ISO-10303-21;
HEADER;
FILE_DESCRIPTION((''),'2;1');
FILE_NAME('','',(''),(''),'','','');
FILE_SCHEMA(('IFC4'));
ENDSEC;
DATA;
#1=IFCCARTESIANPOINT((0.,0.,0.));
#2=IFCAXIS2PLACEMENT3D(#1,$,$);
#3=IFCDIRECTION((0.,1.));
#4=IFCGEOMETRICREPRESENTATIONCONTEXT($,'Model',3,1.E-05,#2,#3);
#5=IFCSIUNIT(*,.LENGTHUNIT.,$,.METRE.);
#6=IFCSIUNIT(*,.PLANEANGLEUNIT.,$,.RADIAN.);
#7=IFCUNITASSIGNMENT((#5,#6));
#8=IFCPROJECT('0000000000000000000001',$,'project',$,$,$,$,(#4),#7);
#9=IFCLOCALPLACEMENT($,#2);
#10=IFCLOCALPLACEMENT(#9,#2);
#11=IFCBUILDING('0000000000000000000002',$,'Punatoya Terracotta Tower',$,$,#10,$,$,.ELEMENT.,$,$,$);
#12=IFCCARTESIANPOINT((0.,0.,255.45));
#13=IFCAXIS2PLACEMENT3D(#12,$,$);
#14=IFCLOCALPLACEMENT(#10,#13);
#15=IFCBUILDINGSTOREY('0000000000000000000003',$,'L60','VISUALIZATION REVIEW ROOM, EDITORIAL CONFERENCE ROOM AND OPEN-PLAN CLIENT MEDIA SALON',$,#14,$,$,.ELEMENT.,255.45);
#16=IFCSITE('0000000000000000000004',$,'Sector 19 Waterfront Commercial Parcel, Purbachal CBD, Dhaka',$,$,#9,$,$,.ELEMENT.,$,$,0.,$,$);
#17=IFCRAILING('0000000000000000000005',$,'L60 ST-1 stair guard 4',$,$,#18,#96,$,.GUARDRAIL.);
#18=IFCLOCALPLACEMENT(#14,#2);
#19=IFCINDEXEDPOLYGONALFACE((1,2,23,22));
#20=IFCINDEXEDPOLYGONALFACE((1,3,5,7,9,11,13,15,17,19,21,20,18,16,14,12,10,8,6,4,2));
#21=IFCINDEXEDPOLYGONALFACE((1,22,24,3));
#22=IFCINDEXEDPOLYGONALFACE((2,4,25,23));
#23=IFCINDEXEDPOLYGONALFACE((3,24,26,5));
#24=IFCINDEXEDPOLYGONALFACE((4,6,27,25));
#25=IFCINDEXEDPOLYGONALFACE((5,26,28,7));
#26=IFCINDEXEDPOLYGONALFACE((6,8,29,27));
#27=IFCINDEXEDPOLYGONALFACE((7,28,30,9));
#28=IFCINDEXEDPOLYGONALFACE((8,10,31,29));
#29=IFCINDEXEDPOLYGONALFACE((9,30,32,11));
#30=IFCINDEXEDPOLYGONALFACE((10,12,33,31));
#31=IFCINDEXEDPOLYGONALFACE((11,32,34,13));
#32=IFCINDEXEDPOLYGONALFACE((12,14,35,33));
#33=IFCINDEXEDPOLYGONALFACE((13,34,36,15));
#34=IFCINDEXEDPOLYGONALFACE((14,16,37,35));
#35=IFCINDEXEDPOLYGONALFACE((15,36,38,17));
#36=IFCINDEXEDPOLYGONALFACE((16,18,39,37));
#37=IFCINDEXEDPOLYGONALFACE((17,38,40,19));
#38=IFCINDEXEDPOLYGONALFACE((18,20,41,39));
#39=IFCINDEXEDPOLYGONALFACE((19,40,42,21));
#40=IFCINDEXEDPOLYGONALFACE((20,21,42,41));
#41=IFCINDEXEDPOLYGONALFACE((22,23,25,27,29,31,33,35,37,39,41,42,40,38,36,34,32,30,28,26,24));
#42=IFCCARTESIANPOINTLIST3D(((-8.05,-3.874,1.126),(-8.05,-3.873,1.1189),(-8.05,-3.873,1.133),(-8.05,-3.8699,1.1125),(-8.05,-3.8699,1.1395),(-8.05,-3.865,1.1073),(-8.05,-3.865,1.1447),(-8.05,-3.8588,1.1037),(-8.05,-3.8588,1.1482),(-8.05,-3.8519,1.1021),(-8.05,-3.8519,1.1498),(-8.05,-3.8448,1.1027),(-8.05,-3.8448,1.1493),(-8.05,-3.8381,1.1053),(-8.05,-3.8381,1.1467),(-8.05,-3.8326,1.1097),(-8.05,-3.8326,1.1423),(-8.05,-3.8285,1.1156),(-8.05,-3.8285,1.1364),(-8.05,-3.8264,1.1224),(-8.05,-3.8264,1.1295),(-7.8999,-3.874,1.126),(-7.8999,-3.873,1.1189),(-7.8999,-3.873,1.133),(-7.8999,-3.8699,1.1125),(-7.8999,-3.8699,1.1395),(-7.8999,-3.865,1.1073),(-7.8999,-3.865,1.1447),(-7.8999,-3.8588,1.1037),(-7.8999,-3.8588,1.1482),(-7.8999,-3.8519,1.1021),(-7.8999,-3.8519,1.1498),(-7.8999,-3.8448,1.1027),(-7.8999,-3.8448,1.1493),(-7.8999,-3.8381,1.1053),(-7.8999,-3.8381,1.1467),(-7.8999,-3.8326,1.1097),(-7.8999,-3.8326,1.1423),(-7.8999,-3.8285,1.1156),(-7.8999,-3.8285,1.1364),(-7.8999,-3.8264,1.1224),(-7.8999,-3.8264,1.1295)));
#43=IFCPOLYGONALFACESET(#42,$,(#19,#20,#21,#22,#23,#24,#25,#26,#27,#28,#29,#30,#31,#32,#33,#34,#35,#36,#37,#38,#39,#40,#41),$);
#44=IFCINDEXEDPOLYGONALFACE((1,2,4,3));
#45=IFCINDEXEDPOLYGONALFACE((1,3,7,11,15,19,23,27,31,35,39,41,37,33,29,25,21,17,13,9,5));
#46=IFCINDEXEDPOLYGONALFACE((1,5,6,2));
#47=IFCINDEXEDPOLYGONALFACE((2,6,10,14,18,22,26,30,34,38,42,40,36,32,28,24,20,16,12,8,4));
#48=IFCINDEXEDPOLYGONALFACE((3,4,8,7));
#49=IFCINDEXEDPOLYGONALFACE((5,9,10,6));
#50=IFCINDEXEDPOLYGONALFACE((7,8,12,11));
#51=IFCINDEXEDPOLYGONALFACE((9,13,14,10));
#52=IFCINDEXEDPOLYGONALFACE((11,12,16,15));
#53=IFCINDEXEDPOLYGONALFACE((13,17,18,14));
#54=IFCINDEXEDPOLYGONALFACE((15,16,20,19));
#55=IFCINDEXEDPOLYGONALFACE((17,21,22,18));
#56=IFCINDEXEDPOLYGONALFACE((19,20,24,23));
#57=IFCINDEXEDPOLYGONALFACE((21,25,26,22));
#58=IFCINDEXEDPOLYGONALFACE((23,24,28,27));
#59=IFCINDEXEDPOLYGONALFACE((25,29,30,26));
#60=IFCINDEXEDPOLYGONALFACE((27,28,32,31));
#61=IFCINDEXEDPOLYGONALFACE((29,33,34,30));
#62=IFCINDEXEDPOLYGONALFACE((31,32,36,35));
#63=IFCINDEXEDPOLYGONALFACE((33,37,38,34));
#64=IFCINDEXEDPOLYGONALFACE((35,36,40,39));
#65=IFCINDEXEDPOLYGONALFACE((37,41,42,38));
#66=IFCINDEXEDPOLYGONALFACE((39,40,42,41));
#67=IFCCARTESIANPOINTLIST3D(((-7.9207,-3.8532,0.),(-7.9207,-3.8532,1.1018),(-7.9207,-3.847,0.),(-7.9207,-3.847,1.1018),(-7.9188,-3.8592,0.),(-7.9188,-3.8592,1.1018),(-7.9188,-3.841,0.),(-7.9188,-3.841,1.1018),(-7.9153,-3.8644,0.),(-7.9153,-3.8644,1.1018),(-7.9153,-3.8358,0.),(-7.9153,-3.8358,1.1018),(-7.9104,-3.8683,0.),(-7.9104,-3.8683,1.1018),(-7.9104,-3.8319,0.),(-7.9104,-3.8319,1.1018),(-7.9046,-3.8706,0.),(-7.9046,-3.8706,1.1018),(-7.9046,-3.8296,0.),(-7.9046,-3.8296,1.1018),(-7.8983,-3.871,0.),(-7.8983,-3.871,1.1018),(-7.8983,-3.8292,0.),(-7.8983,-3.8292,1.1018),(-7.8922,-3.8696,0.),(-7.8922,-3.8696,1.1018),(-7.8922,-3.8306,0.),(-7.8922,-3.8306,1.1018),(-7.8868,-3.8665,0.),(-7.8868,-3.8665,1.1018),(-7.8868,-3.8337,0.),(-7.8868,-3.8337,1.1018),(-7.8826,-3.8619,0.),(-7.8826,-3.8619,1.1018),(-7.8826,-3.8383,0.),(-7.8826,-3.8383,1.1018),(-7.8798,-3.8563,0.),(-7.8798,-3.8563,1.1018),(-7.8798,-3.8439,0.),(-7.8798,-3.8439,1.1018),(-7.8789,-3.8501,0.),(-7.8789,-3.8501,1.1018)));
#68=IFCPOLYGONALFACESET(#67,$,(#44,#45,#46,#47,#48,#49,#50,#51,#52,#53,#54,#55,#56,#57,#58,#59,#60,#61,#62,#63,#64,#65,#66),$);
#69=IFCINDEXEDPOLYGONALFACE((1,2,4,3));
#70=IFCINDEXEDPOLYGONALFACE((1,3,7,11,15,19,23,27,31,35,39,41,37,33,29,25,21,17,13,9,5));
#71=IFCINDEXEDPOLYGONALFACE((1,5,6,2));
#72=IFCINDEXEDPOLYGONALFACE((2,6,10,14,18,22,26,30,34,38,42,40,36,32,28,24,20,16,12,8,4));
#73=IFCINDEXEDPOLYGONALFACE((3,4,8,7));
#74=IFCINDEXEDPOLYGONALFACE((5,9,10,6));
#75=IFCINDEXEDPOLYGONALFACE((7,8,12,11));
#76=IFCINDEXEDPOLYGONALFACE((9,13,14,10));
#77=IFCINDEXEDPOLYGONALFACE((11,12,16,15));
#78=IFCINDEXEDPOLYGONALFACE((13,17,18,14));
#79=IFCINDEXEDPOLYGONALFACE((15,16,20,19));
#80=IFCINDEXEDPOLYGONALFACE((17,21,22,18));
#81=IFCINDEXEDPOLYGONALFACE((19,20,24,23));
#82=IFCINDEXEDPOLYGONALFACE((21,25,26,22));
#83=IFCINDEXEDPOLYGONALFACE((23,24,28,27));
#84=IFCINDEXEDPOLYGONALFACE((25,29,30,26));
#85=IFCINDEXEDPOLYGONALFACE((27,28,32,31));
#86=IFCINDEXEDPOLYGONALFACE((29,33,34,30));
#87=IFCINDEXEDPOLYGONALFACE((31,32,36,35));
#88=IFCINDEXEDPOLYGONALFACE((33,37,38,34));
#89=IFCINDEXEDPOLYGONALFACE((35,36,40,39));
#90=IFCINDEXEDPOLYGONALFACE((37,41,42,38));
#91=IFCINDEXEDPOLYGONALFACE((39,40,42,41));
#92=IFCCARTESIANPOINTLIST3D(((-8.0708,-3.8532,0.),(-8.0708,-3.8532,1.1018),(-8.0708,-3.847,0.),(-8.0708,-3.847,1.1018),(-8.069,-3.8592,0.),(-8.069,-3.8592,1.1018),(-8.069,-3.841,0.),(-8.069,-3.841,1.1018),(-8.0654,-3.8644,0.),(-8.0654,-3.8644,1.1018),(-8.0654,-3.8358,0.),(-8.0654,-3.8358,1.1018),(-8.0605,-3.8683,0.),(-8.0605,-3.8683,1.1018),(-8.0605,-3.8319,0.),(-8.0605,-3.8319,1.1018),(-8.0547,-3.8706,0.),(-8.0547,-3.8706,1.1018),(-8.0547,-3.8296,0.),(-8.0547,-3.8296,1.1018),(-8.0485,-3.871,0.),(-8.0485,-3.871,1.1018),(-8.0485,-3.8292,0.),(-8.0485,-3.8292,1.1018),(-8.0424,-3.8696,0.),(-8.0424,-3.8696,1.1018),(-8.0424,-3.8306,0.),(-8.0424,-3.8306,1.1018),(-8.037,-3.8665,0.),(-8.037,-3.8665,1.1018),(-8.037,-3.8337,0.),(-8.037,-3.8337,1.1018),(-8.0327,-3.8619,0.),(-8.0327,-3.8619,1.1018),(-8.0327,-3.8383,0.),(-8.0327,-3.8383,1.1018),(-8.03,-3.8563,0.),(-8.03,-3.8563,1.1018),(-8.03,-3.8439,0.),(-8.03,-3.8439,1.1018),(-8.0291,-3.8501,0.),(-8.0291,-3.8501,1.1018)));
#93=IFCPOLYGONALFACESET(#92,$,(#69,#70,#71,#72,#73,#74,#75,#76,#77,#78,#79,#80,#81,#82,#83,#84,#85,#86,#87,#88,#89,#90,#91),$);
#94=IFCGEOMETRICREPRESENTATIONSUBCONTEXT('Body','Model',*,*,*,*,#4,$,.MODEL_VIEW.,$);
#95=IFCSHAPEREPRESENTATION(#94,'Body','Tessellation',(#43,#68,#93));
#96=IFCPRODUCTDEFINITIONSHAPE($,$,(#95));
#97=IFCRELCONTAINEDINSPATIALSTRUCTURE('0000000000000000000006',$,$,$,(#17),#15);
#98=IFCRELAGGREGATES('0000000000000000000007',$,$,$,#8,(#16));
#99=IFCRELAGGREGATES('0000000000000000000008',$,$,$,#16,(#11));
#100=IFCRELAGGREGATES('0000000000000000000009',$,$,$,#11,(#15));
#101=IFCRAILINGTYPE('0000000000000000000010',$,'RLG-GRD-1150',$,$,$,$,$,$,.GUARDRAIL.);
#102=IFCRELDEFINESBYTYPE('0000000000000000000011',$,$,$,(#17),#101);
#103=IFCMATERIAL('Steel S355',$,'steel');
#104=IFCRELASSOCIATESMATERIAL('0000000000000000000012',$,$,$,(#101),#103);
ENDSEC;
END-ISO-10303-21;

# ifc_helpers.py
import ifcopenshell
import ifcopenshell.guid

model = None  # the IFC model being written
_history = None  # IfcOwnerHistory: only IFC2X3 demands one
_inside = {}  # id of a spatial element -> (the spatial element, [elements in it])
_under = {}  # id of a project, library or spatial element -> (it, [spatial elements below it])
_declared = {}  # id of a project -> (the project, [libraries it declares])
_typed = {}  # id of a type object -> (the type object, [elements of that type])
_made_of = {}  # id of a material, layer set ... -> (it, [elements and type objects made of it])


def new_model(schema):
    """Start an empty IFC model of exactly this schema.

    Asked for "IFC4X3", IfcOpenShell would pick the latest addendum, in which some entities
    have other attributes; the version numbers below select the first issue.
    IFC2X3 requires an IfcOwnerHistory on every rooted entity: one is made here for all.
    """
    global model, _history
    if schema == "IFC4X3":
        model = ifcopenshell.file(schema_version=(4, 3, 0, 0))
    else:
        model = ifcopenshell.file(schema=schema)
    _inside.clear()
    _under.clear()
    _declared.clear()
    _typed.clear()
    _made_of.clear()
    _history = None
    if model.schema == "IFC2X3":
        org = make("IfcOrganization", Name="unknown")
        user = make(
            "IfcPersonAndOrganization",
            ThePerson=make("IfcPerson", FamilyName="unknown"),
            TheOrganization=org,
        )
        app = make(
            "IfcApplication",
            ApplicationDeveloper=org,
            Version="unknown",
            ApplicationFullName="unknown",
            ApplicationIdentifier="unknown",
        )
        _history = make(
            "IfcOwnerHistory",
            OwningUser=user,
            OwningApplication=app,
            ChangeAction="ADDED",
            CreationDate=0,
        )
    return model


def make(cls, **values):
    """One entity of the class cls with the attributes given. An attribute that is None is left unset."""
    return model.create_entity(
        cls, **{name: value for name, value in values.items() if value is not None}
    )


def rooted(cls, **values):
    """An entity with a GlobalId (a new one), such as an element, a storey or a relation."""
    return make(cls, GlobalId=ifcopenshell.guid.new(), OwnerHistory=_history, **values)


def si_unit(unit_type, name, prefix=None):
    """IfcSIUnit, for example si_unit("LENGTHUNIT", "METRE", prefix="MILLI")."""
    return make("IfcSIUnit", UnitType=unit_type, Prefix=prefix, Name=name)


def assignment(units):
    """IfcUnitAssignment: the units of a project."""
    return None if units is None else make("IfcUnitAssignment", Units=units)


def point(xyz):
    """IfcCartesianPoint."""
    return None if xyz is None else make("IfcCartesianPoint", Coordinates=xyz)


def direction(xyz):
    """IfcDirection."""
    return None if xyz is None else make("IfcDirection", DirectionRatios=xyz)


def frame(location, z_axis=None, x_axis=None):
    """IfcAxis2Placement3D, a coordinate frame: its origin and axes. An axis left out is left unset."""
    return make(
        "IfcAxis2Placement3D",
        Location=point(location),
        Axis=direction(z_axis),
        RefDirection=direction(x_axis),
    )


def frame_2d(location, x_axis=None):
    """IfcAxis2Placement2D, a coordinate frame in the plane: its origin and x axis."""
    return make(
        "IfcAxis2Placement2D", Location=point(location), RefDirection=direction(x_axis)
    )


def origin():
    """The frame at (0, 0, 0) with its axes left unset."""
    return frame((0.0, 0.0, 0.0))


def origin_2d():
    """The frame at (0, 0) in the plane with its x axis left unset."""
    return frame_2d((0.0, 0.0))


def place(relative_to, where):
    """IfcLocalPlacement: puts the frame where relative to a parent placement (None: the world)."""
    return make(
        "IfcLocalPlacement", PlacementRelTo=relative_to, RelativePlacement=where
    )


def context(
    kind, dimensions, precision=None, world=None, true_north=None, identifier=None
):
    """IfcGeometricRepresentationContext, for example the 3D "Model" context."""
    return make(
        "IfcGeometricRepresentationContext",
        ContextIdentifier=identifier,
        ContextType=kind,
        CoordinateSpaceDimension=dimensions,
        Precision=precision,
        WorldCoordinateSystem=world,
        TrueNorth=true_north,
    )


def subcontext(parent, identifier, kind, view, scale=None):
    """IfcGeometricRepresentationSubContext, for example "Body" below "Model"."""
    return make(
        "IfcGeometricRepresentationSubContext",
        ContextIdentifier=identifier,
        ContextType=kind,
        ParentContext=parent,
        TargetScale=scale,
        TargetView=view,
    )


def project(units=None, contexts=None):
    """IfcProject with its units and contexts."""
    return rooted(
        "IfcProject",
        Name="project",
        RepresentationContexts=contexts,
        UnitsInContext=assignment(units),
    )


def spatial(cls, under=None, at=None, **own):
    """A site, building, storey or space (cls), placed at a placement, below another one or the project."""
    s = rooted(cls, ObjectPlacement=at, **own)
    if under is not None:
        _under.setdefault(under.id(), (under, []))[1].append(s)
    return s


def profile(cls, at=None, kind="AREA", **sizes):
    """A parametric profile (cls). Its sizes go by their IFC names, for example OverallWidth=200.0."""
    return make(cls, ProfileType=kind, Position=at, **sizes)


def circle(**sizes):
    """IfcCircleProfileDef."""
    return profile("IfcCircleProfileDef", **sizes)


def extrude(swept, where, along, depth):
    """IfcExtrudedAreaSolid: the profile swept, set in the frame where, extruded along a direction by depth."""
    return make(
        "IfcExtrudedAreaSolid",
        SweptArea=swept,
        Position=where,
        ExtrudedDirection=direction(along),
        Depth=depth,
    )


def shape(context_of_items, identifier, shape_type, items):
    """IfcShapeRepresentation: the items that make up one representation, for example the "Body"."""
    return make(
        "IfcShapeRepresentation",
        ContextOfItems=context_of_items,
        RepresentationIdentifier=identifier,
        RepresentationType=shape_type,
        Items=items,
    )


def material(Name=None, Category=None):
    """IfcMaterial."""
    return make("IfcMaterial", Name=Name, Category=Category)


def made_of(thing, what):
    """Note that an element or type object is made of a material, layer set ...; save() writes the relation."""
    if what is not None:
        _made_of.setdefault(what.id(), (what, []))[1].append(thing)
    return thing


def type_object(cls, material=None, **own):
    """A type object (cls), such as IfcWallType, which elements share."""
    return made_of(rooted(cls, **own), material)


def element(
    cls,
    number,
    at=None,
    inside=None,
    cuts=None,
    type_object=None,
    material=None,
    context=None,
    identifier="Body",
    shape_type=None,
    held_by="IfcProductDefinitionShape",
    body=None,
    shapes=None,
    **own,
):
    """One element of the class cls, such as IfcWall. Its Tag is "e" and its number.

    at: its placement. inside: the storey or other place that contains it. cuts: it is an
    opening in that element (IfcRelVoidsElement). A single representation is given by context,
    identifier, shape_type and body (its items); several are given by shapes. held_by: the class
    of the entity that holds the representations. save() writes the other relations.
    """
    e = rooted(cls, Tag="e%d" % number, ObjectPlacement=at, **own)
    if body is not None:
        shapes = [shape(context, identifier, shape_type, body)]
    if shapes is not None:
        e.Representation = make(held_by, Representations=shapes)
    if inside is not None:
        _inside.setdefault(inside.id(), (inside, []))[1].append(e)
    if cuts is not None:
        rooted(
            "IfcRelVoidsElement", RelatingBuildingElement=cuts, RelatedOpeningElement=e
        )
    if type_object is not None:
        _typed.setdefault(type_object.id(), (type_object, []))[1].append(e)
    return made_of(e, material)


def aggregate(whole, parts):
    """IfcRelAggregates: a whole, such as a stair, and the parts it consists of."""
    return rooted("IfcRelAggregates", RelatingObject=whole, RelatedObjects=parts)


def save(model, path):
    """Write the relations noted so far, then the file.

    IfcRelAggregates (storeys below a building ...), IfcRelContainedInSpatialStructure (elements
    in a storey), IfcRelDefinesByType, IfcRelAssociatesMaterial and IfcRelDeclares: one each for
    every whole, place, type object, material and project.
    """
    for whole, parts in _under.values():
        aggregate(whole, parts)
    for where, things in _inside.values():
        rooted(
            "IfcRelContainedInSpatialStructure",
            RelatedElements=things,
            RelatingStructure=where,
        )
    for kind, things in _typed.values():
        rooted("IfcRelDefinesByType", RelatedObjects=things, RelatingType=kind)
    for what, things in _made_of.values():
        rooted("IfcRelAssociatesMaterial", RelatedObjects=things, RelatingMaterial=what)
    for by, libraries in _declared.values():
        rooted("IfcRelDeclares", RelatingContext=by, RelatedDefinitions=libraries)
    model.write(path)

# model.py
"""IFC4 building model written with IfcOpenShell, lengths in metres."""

from ifc_helpers import new_model, si_unit, direction, frame, origin, origin_2d, place, context, subcontext, project, spatial, circle, extrude, material, type_object, element, save


model = new_model("IFC4")

# Units and contexts
model_context = context("Model", 3, precision=1e-05, world=origin(), true_north=direction((0.0, 1.0)))
body_context = subcontext(model_context, "Body", "Model", "MODEL_VIEW")
ifc_project = project(units=[si_unit("LENGTHUNIT", "METRE"), si_unit("PLANEANGLEUNIT", "RADIAN")], contexts=[model_context])

# Site, building, storey
site_placement = place(None, origin())
site = spatial("IfcSite", under=ifc_project, at=site_placement, Name="Sector 19 Waterfront Commercial Parcel, Purbachal CBD, Dhaka", CompositionType="ELEMENT", RefElevation=0.0)
building_placement = place(site_placement, origin())
building = spatial("IfcBuilding", under=site, at=building_placement, Name="Punatoya Terracotta Tower", CompositionType="ELEMENT")
storey_placement = place(building_placement, frame((0.0, 0.0, 255.45)))
storey = spatial("IfcBuildingStorey", under=building, at=storey_placement, Name="L60", Description="VISUALIZATION REVIEW ROOM, EDITORIAL CONFERENCE ROOM AND OPEN-PLAN CLIENT MEDIA SALON", CompositionType="ELEMENT", Elevation=255.45)

# Railing
ifc_material_1 = material(Name="Steel S355", Category="steel")
railing_type_1 = type_object("IfcRailingType", Name="RLG-GRD-1150", PredefinedType="GUARDRAIL", material=ifc_material_1)
railing_1_placement = place(storey_placement, frame((-7.8999, -3.8501, 0.0)))
element("IfcRailing", 1, at=railing_1_placement, inside=storey, type_object=railing_type_1, Name="L60 ST-1 stair guard 4", PredefinedType="GUARDRAIL", context=body_context, shape_type="SweptSolid", body=[
    extrude(circle(Radius=0.0239, at=origin_2d()), frame((0.0, 0.0, 1.126), z_axis=(-1.0, 0.0, 0.0), x_axis=(0.0, -1.0, 0.0)), (0.0, 0.0, 1.0), 0.1501),
    extrude(circle(Radius=0.021, at=origin_2d()), origin(), (0.0, 0.0, 1.0), 1.1018),
    extrude(circle(Radius=0.021, at=origin_2d()), frame((-0.1501, 0.0, 0.0)), (0.0, 0.0, 1.0), 1.1018),
])

save(model, "model.ifc")
